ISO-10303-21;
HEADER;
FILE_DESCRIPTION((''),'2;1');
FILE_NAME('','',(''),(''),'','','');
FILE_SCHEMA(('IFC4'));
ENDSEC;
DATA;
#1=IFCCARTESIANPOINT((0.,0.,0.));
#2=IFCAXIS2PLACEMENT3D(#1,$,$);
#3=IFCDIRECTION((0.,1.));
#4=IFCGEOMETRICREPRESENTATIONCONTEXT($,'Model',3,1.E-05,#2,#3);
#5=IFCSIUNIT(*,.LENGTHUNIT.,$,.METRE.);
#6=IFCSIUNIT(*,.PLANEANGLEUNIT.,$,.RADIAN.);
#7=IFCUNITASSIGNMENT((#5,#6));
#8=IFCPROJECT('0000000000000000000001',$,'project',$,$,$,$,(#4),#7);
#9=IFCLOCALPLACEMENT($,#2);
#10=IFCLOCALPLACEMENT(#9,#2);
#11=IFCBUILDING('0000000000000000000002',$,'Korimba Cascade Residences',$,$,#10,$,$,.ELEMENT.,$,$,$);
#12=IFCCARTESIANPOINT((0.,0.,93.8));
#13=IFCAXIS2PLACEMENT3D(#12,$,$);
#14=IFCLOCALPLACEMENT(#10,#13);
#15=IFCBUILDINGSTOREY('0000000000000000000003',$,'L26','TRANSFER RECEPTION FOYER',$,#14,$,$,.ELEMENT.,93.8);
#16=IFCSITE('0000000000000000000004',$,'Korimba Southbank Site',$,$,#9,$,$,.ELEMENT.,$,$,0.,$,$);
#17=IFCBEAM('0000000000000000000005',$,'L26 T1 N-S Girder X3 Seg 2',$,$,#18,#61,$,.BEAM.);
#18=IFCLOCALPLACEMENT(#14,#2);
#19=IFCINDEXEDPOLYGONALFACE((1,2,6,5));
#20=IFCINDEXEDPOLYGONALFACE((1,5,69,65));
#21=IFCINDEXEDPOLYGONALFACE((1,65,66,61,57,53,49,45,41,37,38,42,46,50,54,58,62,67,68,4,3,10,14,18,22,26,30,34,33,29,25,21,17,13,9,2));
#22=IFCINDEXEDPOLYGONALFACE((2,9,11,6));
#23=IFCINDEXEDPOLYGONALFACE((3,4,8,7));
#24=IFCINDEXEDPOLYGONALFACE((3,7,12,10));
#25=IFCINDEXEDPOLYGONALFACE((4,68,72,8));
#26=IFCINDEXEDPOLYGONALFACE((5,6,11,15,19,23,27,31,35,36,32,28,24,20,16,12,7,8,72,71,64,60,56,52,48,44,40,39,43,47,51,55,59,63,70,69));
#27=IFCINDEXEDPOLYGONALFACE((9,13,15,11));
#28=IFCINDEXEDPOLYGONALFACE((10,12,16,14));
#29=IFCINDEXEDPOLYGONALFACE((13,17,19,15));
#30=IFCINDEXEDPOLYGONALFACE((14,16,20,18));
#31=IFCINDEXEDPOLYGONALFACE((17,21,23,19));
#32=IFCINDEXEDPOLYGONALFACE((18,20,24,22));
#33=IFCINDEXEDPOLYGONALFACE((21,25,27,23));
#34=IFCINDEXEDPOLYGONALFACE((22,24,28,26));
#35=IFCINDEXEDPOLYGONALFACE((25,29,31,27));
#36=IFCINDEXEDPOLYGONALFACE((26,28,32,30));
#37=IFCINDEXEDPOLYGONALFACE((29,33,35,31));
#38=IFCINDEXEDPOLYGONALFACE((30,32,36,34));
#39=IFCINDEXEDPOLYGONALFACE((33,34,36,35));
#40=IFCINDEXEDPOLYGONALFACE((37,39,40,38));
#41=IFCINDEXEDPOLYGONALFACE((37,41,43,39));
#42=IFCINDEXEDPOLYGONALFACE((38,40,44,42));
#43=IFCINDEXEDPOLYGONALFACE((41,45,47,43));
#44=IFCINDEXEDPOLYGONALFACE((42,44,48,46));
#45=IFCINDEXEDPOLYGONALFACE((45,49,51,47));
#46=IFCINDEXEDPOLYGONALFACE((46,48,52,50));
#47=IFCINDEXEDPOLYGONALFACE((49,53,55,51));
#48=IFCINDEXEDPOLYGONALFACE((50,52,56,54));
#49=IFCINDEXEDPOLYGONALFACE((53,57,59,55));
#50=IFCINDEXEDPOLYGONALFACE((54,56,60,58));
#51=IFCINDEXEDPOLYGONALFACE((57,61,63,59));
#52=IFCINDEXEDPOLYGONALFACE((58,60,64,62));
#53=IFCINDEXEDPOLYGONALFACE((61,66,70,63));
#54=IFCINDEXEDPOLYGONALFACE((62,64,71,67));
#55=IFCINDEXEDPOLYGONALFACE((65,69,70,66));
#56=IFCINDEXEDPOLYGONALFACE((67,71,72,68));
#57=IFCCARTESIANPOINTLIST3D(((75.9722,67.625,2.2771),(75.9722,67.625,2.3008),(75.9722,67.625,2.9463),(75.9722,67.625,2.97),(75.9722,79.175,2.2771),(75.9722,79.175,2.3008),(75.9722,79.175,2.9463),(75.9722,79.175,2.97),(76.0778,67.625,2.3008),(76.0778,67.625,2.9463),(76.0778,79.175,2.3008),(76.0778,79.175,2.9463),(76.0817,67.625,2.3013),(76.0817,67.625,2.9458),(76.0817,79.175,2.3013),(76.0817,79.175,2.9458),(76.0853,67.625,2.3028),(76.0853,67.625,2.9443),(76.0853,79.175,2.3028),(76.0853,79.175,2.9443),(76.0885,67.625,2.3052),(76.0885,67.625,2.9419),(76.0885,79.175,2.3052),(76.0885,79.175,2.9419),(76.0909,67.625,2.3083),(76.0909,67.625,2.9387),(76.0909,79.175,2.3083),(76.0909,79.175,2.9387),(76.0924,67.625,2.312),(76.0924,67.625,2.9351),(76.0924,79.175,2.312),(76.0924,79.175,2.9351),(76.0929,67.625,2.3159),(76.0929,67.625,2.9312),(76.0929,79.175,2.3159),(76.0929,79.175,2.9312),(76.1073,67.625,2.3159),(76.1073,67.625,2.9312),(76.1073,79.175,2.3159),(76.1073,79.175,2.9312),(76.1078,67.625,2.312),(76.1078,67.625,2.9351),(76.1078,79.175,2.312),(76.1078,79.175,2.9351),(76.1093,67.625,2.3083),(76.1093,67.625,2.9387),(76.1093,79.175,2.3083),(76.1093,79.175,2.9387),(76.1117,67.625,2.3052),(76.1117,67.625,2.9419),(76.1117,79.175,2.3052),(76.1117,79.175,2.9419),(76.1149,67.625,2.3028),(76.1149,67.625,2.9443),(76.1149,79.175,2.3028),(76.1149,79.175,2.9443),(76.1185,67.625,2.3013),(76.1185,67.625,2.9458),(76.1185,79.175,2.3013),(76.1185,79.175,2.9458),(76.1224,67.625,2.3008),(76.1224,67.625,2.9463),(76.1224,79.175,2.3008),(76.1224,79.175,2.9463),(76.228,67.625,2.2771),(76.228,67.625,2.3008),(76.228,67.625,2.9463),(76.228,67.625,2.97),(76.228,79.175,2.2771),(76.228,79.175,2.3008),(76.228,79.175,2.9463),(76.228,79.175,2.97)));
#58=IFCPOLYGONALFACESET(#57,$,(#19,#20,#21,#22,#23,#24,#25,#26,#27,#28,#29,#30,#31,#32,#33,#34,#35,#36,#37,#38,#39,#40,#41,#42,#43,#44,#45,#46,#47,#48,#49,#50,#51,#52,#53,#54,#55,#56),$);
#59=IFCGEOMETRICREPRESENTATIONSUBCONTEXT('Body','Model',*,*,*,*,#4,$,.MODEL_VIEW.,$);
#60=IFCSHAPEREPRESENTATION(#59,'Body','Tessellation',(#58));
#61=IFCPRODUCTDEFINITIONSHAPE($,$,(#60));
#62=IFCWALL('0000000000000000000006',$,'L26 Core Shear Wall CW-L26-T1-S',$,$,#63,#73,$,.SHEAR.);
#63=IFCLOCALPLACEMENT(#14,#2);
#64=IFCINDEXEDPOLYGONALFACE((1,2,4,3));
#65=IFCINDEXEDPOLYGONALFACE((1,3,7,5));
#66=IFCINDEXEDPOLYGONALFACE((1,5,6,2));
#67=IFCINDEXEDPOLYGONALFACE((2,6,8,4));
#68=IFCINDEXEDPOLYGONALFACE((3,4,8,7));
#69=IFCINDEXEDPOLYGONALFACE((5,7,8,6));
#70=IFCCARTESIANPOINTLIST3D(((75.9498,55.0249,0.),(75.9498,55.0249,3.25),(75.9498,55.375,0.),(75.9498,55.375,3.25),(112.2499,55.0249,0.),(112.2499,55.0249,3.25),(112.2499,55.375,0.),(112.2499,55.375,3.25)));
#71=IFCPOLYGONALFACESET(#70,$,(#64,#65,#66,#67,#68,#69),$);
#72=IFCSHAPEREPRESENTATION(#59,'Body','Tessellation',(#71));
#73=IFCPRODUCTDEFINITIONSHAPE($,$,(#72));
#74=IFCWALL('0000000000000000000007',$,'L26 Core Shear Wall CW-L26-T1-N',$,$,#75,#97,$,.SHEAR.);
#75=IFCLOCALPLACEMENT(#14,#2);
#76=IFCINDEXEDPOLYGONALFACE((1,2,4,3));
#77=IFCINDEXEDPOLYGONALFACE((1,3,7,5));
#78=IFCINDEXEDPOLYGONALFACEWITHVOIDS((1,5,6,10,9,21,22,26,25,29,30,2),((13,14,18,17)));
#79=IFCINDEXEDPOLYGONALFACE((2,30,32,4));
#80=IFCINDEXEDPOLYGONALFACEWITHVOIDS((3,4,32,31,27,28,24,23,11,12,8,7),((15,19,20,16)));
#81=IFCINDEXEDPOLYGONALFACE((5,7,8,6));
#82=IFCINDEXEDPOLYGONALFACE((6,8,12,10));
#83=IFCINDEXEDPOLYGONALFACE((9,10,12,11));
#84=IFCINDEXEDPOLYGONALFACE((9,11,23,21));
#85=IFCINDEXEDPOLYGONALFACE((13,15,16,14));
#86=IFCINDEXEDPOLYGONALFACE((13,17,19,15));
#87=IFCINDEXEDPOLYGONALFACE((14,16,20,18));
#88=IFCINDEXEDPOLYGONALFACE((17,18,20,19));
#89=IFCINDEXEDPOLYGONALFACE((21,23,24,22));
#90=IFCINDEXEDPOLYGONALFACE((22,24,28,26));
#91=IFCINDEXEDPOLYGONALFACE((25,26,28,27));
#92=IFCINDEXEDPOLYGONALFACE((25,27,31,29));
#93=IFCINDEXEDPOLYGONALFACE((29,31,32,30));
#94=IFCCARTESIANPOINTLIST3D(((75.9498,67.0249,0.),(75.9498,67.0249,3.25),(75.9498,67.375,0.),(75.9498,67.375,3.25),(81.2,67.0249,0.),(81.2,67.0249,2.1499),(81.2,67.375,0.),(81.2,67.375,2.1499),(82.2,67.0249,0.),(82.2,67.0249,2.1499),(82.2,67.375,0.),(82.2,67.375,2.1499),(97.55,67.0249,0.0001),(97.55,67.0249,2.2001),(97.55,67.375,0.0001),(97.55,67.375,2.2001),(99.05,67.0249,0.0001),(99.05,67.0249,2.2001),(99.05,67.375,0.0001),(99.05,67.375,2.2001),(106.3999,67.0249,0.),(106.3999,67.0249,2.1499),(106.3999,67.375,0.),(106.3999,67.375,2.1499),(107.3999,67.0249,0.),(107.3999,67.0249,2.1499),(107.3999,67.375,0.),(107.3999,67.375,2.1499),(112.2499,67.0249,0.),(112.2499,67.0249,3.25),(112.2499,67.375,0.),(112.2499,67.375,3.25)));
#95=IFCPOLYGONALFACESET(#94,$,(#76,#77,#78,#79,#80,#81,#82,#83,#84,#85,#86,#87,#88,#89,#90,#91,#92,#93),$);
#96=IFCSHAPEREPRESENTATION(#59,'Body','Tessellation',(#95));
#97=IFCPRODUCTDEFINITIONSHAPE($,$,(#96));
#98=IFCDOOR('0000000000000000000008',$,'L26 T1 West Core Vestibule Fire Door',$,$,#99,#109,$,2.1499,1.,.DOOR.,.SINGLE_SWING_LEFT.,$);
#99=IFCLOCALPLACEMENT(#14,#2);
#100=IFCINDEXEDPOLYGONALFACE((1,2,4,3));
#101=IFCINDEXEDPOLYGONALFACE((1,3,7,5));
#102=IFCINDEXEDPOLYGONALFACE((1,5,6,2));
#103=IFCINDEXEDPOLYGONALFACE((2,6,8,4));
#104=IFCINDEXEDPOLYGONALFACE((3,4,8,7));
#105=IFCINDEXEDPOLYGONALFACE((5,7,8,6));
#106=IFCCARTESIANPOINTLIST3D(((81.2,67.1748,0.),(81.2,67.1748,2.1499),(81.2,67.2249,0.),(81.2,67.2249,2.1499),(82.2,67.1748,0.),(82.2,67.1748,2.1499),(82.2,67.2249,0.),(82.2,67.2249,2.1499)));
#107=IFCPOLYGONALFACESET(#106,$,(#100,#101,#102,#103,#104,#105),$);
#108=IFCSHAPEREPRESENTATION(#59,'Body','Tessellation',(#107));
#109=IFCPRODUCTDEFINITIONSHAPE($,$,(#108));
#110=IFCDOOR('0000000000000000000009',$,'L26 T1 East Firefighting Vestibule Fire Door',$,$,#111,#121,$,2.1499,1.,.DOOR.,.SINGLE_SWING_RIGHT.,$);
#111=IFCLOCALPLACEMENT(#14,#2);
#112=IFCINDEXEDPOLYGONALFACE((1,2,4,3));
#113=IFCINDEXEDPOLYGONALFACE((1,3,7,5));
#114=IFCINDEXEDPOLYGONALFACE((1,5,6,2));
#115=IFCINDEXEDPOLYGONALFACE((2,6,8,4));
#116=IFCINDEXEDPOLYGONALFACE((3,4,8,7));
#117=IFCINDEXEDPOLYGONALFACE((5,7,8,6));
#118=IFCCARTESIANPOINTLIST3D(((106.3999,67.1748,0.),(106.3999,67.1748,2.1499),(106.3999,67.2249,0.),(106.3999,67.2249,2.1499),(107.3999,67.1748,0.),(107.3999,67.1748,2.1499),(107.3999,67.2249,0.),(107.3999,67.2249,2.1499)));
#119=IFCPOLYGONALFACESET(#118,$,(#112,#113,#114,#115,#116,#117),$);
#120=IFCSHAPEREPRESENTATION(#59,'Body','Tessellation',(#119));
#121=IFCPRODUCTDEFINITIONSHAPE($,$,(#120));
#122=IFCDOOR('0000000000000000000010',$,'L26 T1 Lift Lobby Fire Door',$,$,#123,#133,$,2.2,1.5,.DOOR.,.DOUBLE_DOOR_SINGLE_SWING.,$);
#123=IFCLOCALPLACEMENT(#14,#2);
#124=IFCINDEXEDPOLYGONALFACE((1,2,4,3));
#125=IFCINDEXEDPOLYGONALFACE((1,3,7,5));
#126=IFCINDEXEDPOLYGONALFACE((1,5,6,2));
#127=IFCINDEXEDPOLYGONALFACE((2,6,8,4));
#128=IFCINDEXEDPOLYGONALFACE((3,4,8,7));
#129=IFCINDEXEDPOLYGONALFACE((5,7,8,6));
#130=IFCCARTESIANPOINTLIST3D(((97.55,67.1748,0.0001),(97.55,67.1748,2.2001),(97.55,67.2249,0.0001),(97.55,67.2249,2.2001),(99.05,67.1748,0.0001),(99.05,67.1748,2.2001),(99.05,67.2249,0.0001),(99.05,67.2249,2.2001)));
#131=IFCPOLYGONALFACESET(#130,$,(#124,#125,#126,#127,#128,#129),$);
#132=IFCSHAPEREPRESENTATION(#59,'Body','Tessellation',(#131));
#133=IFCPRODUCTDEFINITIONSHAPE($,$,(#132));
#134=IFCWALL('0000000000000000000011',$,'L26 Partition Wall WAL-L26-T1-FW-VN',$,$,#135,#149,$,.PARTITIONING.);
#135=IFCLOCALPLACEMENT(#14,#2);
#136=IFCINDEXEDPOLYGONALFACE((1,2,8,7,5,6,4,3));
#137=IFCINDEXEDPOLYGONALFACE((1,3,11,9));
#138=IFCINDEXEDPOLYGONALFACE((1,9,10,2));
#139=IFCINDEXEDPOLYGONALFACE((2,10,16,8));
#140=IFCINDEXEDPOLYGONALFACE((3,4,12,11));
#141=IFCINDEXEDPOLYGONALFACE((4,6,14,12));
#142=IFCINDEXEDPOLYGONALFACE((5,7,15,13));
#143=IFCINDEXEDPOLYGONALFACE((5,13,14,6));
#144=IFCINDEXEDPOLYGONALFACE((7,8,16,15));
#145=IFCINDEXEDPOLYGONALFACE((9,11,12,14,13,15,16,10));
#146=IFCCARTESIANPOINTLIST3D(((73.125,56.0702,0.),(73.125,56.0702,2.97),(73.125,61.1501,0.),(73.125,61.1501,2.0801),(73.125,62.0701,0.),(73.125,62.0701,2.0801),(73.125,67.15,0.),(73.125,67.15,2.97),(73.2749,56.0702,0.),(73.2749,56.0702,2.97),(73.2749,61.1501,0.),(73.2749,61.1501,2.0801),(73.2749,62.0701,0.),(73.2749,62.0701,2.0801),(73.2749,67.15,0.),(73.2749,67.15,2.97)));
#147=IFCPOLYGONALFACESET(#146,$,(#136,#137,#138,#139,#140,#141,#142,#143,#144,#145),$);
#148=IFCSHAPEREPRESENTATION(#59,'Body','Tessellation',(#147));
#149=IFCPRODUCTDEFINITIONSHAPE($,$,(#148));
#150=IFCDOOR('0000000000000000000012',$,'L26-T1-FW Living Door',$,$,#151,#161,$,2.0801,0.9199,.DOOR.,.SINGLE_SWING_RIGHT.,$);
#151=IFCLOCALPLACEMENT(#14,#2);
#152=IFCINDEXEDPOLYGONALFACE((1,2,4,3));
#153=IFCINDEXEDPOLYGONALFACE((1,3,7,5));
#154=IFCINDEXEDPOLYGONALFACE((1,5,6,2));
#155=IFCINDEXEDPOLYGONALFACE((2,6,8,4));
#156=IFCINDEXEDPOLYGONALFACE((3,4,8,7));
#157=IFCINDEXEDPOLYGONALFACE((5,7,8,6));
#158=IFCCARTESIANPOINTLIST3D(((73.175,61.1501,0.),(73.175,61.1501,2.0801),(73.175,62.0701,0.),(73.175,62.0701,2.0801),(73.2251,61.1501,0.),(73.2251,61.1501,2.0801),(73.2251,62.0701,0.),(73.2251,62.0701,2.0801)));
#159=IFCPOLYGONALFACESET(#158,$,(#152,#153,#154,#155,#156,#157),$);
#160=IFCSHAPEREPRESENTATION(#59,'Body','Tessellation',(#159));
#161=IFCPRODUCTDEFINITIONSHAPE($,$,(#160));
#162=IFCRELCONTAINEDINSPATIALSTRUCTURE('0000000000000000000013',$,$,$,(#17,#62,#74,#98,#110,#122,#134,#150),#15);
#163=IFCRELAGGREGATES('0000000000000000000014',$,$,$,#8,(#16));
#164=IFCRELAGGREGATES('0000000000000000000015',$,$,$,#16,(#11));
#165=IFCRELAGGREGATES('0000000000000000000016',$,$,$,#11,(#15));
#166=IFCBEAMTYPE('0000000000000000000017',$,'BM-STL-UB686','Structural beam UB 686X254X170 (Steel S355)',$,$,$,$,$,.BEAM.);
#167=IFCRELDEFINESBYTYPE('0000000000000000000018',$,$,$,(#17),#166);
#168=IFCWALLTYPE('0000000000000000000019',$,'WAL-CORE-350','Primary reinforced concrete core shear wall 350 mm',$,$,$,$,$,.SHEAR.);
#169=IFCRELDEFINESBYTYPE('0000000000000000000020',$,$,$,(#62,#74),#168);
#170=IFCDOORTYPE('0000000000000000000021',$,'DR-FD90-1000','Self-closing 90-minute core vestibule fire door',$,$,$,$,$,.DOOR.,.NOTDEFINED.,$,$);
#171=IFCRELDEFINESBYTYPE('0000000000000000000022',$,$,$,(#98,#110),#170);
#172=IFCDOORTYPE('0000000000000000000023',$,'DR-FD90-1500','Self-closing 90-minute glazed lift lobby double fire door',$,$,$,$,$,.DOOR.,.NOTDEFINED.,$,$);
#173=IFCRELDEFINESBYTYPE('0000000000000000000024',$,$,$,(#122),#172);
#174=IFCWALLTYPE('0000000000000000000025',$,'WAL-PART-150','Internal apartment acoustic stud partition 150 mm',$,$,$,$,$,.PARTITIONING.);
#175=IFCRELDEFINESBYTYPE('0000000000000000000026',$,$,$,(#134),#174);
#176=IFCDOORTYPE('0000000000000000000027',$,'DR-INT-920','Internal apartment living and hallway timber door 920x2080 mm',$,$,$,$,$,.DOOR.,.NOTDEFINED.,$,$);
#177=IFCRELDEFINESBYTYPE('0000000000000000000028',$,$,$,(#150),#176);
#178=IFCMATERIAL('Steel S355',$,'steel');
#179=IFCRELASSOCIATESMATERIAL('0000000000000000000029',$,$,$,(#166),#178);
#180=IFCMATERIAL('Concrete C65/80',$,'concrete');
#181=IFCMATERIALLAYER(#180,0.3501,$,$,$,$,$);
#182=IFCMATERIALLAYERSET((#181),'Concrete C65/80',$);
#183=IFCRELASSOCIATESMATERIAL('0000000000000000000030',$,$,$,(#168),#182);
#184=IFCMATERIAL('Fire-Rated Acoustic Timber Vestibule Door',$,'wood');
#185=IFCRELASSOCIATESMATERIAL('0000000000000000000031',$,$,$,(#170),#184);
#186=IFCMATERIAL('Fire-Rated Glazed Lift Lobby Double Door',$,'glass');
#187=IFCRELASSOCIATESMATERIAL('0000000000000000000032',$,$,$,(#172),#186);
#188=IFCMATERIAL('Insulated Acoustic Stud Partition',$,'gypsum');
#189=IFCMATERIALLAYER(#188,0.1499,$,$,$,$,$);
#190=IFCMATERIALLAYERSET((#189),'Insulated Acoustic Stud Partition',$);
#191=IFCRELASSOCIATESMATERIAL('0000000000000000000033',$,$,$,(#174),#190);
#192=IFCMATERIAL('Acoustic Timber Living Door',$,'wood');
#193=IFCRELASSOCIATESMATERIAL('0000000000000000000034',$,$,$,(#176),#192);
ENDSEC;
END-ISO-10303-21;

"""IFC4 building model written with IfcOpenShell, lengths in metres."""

from ifc_helpers import new_model, si_unit, direction, frame, frame_2d, origin, origin_2d, place, context, subcontext, project, spatial, rectangle, i_section, extrude, material, layer, layer_set, material_profile, profile_set, type_object, element, fill, save


model = new_model("IFC4")

# Units and contexts
model_context = context("Model", 3, precision=1e-05, world=origin(), true_north=direction((0.0, 1.0)))
body_context = subcontext(model_context, "Body", "Model", "MODEL_VIEW")
ifc_project = project(units=[si_unit("LENGTHUNIT", "METRE"), si_unit("PLANEANGLEUNIT", "RADIAN")], contexts=[model_context])

# Site, building, storey
site_placement = place(None, origin())
site = spatial("IfcSite", under=ifc_project, at=site_placement, Name="Korimba Southbank Site", CompositionType="ELEMENT", RefElevation=0.0)
building_placement = place(site_placement, origin())
building = spatial("IfcBuilding", under=site, at=building_placement, Name="Korimba Cascade Residences", CompositionType="ELEMENT")
storey_placement = place(building_placement, frame((0.0, 0.0, 93.8)))
storey = spatial("IfcBuildingStorey", under=building, at=storey_placement, Name="L26", Description="TRANSFER RECEPTION FOYER", CompositionType="ELEMENT", Elevation=93.8)

# Shared definitions
ifc_material_1 = material(Name="Concrete C65/80", Category="concrete")

# Beam
ifc_material_2 = material(Name="Steel S355", Category="steel")
ifc_material_profile_1 = material_profile(ifc_material_2, i_section(OverallWidth=0.2559, OverallDepth=0.6929, WebThickness=0.0144, FlangeThickness=0.0237, FilletRadius=0.0151, at=origin_2d()), Name="Steel S355")
ifc_profile_set_1 = profile_set([ifc_material_profile_1], Name="Steel S355")
beam_type_1 = type_object("IfcBeamType", Name="BM-STL-UB686", Description="Structural beam UB 686X254X170 (Steel S355)", PredefinedType="BEAM", material=ifc_profile_set_1)
for number, where, z_axis, x_axis, name in (
    (1, (76.1001, 67.625, 2.6235), (0.0, 1.0, 0.0), (-1.0, 0.0, 0.0), "L26 T1 N-S Girder X3 Seg 2"),
):
    element("IfcBeam", number, at=place(storey_placement, frame(where, z_axis=z_axis, x_axis=x_axis)), inside=storey, type_object=beam_type_1, Name=name, PredefinedType="BEAM", context=body_context, shape_type="SweptSolid", body=[
        extrude(i_section(OverallWidth=0.2559, OverallDepth=0.6929, WebThickness=0.0144, FlangeThickness=0.0237, FilletRadius=0.0151, at=origin_2d()), origin(), (0.0, 0.0, 1.0), 11.55),
    ])

# Wall
ifc_layer_1 = layer(ifc_material_1, 0.3501)
ifc_layer_set_1 = layer_set([ifc_layer_1], Name="Concrete C65/80")
wall_type_1 = type_object("IfcWallType", Name="WAL-CORE-350", Description="Primary reinforced concrete core shear wall 350 mm", PredefinedType="SHEAR", material=ifc_layer_set_1)
wall_1_placement = place(storey_placement, frame((75.95, 55.2, 0.0), z_axis=(0.0, 0.0, 1.0), x_axis=(1.0, 0.0, 0.0)))
element("IfcWall", 2, at=wall_1_placement, inside=storey, type_object=wall_type_1, Name="L26 Core Shear Wall CW-L26-T1-S", PredefinedType="SHEAR", context=body_context, shape_type="SweptSolid", body=[
    extrude(rectangle(XDim=36.3, YDim=0.3501, at=frame_2d((18.1499, 0.0))), origin(), (0.0, 0.0, 1.0), 3.25),
])

# Wall, openings, doors
wall_2_placement = place(storey_placement, frame((75.95, 67.2, 0.0), z_axis=(0.0, 0.0, 1.0), x_axis=(1.0, 0.0, 0.0)))
wall_2 = element("IfcWall", 3, at=wall_2_placement, inside=storey, type_object=wall_type_1, Name="L26 Core Shear Wall CW-L26-T1-N", PredefinedType="SHEAR", context=body_context, shape_type="SweptSolid", body=[
    extrude(rectangle(XDim=36.3, YDim=0.3501, at=frame_2d((18.1499, 0.0))), origin(), (0.0, 0.0, 1.0), 3.25),
])
opening_1_placement = place(wall_2_placement, frame((5.25, 0.0, 0.0)))
opening_1 = element("IfcOpeningElement", 4, at=opening_1_placement, cuts=wall_2, PredefinedType="OPENING", context=body_context, shape_type="SweptSolid", body=[
    extrude(rectangle(XDim=1.0, YDim=2.1499, at=frame_2d((0.5, 1.075))), frame((0.0, 0.1851, 0.0), z_axis=(0.0, -1.0, 0.0), x_axis=(1.0, 0.0, 0.0)), (0.0, 0.0, 1.0), 0.3701),
])
opening_2_placement = place(wall_2_placement, frame((21.6001, 0.0, 0.0)))
opening_2 = element("IfcOpeningElement", 5, at=opening_2_placement, cuts=wall_2, PredefinedType="OPENING", context=body_context, shape_type="SweptSolid", body=[
    extrude(rectangle(XDim=1.5, YDim=2.2, at=frame_2d((0.75, 1.1001))), frame((0.0, 0.1851, 0.0), z_axis=(0.0, -1.0, 0.0), x_axis=(1.0, 0.0, 0.0)), (0.0, 0.0, 1.0), 0.3701),
])
opening_3_placement = place(wall_2_placement, frame((30.45, 0.0, 0.0)))
opening_3 = element("IfcOpeningElement", 6, at=opening_3_placement, cuts=wall_2, PredefinedType="OPENING", context=body_context, shape_type="SweptSolid", body=[
    extrude(rectangle(XDim=1.0, YDim=2.1499, at=frame_2d((0.5, 1.075))), frame((0.0, 0.1851, 0.0), z_axis=(0.0, -1.0, 0.0), x_axis=(1.0, 0.0, 0.0)), (0.0, 0.0, 1.0), 0.3701),
])
ifc_material_3 = material(Name="Fire-Rated Acoustic Timber Vestibule Door", Category="wood")
door_type_1 = type_object("IfcDoorType", Name="DR-FD90-1000", Description="Self-closing 90-minute core vestibule fire door", OperationType="NOTDEFINED", PredefinedType="DOOR", material=ifc_material_3)
door_1_placement = place(opening_1_placement, origin())
door_1 = element("IfcDoor", 7, at=door_1_placement, inside=storey, type_object=door_type_1, Name="L26 T1 West Core Vestibule Fire Door", OperationType="SINGLE_SWING_LEFT", OverallHeight=2.1499, OverallWidth=1.0, PredefinedType="DOOR", context=body_context, shape_type="SweptSolid", body=[
    extrude(rectangle(XDim=1.0, YDim=2.1499, at=frame_2d((0.5, 1.075))), frame((0.0, 0.0249, 0.0), z_axis=(0.0, -1.0, 0.0), x_axis=(1.0, 0.0, 0.0)), (0.0, 0.0, 1.0), 0.05),
])
fill(opening_1, door_1)
door_2_placement = place(opening_3_placement, origin())
door_2 = element("IfcDoor", 8, at=door_2_placement, inside=storey, type_object=door_type_1, Name="L26 T1 East Firefighting Vestibule Fire Door", OperationType="SINGLE_SWING_RIGHT", OverallHeight=2.1499, OverallWidth=1.0, PredefinedType="DOOR", context=body_context, shape_type="SweptSolid", body=[
    extrude(rectangle(XDim=1.0, YDim=2.1499, at=frame_2d((0.5, 1.075))), frame((0.0, 0.0249, 0.0), z_axis=(0.0, -1.0, 0.0), x_axis=(1.0, 0.0, 0.0)), (0.0, 0.0, 1.0), 0.05),
])
fill(opening_3, door_2)
ifc_material_4 = material(Name="Fire-Rated Glazed Lift Lobby Double Door", Category="glass")
door_type_2 = type_object("IfcDoorType", Name="DR-FD90-1500", Description="Self-closing 90-minute glazed lift lobby double fire door", OperationType="NOTDEFINED", PredefinedType="DOOR", material=ifc_material_4)
door_3_placement = place(opening_2_placement, origin())
door_3 = element("IfcDoor", 9, at=door_3_placement, inside=storey, type_object=door_type_2, Name="L26 T1 Lift Lobby Fire Door", OperationType="DOUBLE_DOOR_SINGLE_SWING", OverallHeight=2.2, OverallWidth=1.5, PredefinedType="DOOR", context=body_context, shape_type="SweptSolid", body=[
    extrude(rectangle(XDim=1.5, YDim=2.2, at=frame_2d((0.75, 1.1001))), frame((0.0, 0.0249, 0.0), z_axis=(0.0, -1.0, 0.0), x_axis=(1.0, 0.0, 0.0)), (0.0, 0.0, 1.0), 0.05),
])
fill(opening_2, door_3)

# Wall, opening, door
ifc_material_5 = material(Name="Insulated Acoustic Stud Partition", Category="gypsum")
ifc_layer_2 = layer(ifc_material_5, 0.1499)
ifc_layer_set_2 = layer_set([ifc_layer_2], Name="Insulated Acoustic Stud Partition")
wall_type_2 = type_object("IfcWallType", Name="WAL-PART-150", Description="Internal apartment acoustic stud partition 150 mm", PredefinedType="PARTITIONING", material=ifc_layer_set_2)
wall_3_placement = place(storey_placement, frame((73.2, 56.0701, 0.0), z_axis=(0.0, 0.0, 1.0), x_axis=(0.0, 1.0, 0.0)))
wall_3 = element("IfcWall", 10, at=wall_3_placement, inside=storey, type_object=wall_type_2, Name="L26 Partition Wall WAL-L26-T1-FW-VN", PredefinedType="PARTITIONING", context=body_context, shape_type="SweptSolid", body=[
    extrude(rectangle(XDim=11.0798, YDim=0.1499, at=frame_2d((5.54, 0.0))), origin(), (0.0, 0.0, 1.0), 2.97),
])
opening_4_placement = place(wall_3_placement, frame((5.0801, 0.0, 0.0)))
opening_4 = element("IfcOpeningElement", 11, at=opening_4_placement, cuts=wall_3, PredefinedType="OPENING", context=body_context, shape_type="SweptSolid", body=[
    extrude(rectangle(XDim=0.9199, YDim=2.0801, at=frame_2d((0.46, 1.04))), frame((0.0, 0.085, 0.0), z_axis=(0.0, -1.0, 0.0), x_axis=(1.0, 0.0, 0.0)), (0.0, 0.0, 1.0), 0.1699),
])
ifc_material_6 = material(Name="Acoustic Timber Living Door", Category="wood")
door_type_3 = type_object("IfcDoorType", Name="DR-INT-920", Description="Internal apartment living and hallway timber door 920x2080 mm", OperationType="NOTDEFINED", PredefinedType="DOOR", material=ifc_material_6)
door_4_placement = place(opening_4_placement, origin())
door_4 = element("IfcDoor", 12, at=door_4_placement, inside=storey, type_object=door_type_3, Name="L26-T1-FW Living Door", OperationType="SINGLE_SWING_RIGHT", OverallHeight=2.0801, OverallWidth=0.9199, PredefinedType="DOOR", context=body_context, shape_type="SweptSolid", body=[
    extrude(rectangle(XDim=0.9199, YDim=2.0801, at=frame_2d((0.46, 1.04))), frame((0.0, 0.0249, 0.0), z_axis=(0.0, -1.0, 0.0), x_axis=(1.0, 0.0, 0.0)), (0.0, 0.0, 1.0), 0.05),
])
fill(opening_4, door_4)

save(model, "model.ifc")
